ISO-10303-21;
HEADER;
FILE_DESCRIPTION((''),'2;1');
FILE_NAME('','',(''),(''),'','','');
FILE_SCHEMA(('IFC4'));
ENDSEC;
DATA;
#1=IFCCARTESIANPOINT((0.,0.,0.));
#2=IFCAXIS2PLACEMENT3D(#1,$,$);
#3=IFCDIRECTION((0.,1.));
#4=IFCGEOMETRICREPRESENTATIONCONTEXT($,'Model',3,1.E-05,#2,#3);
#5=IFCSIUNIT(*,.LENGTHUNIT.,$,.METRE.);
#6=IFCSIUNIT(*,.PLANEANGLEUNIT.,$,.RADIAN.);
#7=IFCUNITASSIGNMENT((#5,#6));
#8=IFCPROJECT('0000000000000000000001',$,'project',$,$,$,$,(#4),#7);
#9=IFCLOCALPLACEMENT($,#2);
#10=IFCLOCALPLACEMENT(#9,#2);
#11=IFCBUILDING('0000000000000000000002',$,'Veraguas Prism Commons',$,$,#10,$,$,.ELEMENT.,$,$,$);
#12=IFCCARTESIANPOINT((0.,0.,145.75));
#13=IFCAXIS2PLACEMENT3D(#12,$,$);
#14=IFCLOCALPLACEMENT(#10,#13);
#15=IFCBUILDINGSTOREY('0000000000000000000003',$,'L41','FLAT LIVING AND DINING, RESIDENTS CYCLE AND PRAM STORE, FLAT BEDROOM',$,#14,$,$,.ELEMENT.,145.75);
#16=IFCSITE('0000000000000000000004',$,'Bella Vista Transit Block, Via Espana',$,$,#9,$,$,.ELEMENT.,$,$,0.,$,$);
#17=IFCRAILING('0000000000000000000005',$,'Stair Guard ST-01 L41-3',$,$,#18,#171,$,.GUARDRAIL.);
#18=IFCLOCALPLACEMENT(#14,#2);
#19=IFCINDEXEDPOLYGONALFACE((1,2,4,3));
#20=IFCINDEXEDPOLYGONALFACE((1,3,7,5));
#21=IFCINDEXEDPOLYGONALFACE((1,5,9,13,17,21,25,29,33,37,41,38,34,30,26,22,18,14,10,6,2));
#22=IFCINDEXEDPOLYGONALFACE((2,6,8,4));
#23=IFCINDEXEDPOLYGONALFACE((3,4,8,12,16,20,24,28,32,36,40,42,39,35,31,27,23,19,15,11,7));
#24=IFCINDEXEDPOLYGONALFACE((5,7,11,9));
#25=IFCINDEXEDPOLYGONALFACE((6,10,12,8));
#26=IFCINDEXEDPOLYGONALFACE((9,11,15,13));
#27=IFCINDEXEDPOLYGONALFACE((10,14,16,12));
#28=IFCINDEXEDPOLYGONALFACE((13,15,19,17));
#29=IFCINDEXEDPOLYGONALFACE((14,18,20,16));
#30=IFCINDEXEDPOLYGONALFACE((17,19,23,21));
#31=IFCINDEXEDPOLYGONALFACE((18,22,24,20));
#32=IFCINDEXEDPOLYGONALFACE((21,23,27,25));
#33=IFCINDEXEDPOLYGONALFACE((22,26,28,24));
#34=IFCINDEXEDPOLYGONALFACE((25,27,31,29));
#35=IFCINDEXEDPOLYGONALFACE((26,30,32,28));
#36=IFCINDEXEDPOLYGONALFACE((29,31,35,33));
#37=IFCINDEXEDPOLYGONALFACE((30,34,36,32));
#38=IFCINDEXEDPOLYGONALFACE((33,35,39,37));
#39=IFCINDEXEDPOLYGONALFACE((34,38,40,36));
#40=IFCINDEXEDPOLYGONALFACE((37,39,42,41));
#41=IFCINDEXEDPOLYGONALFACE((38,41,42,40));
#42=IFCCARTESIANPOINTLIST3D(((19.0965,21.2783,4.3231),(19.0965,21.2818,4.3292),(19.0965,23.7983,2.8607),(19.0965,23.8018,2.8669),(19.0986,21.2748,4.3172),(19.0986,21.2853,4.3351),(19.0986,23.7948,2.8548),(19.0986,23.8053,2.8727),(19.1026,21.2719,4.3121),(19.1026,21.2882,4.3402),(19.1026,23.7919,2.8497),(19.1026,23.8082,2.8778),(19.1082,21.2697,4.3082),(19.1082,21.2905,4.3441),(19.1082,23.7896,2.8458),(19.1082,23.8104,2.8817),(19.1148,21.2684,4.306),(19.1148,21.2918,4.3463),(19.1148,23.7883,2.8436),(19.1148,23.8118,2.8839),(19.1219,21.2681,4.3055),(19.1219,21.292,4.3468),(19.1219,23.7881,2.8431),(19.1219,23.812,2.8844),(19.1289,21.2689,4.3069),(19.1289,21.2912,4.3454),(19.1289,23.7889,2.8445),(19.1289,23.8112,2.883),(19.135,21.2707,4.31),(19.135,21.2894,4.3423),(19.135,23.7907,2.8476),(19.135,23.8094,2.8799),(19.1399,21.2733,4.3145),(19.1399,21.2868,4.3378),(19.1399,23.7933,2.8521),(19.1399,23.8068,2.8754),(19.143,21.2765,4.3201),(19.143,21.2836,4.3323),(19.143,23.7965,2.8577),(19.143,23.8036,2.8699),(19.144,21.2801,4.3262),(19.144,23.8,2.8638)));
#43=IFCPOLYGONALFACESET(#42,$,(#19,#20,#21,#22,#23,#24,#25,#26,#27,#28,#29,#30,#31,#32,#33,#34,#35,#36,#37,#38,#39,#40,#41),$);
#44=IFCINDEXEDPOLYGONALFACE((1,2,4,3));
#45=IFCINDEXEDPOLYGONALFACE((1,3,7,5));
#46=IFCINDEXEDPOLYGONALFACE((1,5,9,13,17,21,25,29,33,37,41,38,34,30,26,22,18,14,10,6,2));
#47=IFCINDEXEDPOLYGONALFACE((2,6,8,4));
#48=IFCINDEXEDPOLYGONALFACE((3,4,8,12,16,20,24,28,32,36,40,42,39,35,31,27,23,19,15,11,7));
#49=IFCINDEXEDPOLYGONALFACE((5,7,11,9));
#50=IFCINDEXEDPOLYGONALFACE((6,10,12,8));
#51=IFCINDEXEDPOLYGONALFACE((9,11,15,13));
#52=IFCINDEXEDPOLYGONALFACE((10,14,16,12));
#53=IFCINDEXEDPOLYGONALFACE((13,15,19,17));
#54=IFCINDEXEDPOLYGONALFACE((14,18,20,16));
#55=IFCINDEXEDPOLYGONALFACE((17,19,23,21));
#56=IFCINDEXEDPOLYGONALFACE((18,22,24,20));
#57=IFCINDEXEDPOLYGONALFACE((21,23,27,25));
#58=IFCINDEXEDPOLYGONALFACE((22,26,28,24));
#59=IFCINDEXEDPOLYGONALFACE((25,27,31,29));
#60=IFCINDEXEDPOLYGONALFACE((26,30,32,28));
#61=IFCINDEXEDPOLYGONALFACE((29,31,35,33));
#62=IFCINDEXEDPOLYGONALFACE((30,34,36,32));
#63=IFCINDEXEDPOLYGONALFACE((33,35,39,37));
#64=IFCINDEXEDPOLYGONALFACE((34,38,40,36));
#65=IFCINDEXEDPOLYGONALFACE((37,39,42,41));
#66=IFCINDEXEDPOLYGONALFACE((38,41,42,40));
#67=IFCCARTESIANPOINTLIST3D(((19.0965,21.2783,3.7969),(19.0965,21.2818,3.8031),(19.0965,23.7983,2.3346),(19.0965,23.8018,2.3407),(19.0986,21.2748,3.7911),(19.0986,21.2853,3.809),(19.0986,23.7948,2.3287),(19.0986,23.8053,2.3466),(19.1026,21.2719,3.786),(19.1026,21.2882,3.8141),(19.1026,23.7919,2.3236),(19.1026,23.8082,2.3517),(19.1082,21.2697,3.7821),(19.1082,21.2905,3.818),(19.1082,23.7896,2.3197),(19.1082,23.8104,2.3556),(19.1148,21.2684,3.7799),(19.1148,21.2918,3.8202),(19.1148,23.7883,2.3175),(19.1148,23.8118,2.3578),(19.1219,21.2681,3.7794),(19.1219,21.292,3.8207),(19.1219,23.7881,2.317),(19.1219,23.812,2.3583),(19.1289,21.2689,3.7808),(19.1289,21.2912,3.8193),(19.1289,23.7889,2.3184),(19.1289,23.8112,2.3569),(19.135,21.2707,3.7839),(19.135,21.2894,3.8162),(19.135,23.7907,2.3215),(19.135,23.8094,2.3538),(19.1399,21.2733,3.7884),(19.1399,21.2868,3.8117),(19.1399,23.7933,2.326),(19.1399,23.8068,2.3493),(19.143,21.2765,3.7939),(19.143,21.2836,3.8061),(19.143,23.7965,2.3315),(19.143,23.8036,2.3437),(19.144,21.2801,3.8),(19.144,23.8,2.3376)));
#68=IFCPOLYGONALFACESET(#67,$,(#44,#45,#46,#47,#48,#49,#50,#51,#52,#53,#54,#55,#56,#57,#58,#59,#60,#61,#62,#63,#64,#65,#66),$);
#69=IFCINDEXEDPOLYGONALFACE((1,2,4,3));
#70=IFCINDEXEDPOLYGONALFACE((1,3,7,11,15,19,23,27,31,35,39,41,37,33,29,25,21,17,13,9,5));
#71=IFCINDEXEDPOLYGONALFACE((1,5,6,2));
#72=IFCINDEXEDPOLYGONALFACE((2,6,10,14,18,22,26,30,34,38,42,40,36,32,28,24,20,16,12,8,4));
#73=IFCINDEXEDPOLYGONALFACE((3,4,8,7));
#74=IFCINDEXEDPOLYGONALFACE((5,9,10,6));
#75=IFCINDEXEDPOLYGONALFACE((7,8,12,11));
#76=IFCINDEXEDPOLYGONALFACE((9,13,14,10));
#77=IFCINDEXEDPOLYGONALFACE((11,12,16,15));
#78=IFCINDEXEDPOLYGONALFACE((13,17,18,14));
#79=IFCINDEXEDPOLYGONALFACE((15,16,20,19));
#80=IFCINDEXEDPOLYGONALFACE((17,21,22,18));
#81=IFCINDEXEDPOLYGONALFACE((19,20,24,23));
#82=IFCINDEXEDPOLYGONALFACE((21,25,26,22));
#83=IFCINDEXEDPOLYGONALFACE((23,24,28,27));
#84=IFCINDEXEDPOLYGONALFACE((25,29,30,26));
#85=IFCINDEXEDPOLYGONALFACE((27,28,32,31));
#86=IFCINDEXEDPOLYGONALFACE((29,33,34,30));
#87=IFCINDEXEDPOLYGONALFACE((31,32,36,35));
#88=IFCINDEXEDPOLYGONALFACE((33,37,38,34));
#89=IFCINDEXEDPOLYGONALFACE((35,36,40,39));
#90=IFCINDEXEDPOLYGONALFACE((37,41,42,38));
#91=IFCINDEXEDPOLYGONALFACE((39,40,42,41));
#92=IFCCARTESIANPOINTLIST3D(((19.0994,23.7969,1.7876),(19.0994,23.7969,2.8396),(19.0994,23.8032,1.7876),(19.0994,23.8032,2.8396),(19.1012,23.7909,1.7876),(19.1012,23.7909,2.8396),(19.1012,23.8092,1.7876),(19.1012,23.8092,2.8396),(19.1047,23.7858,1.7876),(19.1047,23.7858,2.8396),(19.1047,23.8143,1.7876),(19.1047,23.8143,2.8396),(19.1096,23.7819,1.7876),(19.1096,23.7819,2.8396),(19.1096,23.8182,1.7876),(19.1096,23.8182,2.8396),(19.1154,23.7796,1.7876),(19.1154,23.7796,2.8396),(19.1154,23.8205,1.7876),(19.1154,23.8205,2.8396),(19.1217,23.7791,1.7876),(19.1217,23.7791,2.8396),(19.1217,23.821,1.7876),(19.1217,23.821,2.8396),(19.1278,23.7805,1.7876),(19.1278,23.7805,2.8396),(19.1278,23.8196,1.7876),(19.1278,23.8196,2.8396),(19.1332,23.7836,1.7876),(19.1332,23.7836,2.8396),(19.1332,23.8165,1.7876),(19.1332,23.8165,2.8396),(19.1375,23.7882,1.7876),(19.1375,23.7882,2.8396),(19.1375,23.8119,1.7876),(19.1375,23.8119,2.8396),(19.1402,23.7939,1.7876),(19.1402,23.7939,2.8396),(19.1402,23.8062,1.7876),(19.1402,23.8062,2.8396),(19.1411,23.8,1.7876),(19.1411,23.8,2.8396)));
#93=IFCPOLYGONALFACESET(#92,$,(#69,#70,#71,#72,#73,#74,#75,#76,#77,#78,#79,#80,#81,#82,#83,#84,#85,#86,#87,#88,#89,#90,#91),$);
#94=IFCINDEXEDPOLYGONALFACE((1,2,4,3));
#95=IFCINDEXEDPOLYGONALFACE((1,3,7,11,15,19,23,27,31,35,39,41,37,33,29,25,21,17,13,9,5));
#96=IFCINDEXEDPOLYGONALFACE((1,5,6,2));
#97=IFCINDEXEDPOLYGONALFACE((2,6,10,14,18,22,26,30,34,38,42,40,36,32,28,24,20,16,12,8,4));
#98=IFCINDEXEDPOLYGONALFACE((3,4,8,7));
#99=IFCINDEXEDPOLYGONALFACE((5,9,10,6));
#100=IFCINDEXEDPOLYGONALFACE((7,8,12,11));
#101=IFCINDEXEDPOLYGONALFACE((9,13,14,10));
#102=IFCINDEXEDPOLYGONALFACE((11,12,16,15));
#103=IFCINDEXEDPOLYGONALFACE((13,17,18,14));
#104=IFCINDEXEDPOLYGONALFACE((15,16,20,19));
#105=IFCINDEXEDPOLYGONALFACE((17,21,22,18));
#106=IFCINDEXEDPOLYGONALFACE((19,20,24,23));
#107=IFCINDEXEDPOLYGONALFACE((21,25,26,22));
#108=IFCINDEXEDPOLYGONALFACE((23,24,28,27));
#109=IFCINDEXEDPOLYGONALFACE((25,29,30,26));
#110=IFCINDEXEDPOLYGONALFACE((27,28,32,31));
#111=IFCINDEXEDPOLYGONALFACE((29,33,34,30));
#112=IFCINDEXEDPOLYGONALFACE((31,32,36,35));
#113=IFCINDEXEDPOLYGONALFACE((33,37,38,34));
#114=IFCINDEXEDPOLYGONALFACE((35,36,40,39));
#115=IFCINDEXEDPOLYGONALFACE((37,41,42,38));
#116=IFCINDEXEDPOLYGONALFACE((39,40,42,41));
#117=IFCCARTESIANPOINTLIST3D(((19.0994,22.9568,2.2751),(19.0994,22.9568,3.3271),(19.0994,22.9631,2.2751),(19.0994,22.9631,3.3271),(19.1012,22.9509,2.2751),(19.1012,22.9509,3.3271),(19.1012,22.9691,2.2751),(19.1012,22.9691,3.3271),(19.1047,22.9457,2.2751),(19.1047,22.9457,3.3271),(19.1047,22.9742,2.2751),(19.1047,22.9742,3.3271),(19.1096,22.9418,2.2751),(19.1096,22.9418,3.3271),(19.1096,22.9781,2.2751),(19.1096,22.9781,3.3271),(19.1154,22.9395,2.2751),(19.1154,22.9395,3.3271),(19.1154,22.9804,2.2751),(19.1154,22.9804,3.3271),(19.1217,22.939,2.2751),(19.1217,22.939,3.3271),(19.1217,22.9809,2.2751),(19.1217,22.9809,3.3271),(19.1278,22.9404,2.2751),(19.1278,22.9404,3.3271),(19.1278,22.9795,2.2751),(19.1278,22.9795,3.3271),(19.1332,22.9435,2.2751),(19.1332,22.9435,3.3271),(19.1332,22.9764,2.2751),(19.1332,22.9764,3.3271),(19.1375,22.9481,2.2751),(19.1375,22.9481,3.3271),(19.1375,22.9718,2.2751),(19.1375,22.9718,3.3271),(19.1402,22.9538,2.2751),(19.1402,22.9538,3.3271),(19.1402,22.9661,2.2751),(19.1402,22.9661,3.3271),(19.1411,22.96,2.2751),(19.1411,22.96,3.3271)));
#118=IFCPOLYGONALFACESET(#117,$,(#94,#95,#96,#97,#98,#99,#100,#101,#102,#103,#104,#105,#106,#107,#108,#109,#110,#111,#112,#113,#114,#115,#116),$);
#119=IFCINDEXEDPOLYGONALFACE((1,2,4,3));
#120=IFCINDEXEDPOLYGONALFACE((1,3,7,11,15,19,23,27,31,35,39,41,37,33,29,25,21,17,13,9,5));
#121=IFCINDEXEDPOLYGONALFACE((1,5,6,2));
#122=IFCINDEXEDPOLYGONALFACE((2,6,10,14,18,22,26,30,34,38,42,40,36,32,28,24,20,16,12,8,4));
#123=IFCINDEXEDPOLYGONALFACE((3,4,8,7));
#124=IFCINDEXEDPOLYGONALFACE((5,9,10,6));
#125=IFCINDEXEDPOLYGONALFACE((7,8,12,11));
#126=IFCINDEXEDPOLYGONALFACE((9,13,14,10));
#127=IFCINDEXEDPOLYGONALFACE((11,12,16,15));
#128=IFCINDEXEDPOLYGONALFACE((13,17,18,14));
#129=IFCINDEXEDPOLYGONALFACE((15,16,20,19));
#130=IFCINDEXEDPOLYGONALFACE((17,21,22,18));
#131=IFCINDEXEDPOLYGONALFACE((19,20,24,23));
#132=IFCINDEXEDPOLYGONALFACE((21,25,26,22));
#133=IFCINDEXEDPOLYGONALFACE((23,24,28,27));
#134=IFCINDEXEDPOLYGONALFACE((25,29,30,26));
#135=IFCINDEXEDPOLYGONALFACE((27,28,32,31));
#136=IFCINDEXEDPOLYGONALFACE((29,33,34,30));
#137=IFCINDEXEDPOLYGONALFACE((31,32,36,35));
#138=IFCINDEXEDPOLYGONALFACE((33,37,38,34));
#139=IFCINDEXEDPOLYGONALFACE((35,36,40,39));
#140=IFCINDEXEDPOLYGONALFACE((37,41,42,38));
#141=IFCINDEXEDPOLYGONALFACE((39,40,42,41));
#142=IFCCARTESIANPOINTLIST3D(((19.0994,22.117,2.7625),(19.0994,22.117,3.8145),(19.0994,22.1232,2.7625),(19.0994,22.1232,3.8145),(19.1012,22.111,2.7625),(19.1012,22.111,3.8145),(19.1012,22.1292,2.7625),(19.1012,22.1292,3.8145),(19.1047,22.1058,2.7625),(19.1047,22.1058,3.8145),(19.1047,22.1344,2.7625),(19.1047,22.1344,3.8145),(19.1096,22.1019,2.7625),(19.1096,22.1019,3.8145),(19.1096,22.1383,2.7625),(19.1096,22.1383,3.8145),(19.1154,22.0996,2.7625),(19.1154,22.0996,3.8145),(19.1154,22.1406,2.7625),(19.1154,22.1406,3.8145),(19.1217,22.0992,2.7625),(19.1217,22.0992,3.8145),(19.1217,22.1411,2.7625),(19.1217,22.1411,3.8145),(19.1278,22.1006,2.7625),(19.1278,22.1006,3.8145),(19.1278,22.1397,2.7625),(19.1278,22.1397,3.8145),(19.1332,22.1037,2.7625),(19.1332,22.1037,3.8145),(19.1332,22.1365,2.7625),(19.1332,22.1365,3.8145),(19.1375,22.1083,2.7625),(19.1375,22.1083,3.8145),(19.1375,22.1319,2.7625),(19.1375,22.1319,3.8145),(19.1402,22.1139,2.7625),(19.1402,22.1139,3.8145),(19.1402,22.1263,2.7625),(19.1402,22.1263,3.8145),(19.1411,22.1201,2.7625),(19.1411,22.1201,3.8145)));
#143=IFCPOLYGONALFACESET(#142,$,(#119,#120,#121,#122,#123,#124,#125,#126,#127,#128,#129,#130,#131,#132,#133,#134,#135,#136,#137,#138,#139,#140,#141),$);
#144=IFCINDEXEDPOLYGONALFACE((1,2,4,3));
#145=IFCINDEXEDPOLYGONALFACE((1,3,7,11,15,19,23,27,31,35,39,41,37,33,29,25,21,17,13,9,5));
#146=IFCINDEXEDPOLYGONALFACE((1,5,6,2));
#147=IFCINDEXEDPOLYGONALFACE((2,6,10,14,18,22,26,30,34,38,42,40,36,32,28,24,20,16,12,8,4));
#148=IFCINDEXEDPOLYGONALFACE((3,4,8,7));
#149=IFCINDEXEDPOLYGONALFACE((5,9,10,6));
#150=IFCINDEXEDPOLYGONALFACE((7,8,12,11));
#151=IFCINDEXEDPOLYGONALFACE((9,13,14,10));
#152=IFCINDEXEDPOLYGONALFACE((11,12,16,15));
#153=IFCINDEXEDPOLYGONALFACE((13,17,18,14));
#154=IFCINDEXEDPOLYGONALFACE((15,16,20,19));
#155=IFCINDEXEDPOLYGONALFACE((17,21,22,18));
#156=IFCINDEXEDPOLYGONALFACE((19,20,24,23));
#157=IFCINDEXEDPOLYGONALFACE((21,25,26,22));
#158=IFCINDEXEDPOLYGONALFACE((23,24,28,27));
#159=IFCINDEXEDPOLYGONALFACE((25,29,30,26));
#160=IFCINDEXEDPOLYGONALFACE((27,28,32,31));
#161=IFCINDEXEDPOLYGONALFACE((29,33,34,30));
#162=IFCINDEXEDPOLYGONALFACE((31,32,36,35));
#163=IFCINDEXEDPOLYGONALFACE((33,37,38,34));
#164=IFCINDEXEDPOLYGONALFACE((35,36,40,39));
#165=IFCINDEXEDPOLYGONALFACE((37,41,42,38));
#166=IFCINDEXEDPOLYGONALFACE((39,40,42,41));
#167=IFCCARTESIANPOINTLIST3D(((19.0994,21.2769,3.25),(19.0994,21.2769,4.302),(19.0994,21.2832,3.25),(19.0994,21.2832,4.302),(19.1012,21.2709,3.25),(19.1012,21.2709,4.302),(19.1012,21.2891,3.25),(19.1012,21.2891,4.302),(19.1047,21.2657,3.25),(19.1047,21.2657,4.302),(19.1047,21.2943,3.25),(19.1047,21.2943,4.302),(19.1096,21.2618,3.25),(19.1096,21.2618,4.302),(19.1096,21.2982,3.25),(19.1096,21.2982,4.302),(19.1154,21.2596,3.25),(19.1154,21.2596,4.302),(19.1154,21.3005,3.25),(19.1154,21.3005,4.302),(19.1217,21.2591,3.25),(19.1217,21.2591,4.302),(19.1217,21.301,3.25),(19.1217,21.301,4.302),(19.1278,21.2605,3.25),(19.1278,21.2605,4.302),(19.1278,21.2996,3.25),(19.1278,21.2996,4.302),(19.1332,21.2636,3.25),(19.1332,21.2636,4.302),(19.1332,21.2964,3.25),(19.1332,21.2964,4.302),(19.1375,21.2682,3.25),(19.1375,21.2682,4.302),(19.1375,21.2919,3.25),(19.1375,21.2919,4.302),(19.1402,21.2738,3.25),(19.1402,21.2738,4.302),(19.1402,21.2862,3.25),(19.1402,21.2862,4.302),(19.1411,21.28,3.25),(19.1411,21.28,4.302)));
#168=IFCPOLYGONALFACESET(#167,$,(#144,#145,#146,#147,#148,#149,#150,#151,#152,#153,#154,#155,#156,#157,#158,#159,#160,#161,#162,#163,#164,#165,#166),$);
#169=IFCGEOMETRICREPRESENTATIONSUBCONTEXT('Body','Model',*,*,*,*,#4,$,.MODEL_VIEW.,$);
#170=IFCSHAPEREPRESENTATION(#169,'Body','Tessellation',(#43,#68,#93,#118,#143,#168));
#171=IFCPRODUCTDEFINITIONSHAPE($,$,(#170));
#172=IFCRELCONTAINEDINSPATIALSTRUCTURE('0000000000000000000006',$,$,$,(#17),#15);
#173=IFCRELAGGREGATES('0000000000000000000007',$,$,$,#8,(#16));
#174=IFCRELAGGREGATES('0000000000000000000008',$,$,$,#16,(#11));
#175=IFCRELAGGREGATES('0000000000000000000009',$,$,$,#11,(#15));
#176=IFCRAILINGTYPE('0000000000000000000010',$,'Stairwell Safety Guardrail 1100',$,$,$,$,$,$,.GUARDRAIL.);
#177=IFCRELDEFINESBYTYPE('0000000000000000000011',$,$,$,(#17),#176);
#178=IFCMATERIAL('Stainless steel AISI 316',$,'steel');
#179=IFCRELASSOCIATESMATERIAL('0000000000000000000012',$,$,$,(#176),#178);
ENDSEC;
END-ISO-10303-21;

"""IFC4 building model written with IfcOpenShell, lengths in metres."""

from ifc_helpers import new_model, si_unit, direction, frame, origin, origin_2d, place, context, subcontext, project, spatial, circle, extrude, material, type_object, element, save


model = new_model("IFC4")

# Units and contexts
model_context = context("Model", 3, precision=1e-05, world=origin(), true_north=direction((0.0, 1.0)))
body_context = subcontext(model_context, "Body", "Model", "MODEL_VIEW")
ifc_project = project(units=[si_unit("LENGTHUNIT", "METRE"), si_unit("PLANEANGLEUNIT", "RADIAN")], contexts=[model_context])

# Site, building, storey
site_placement = place(None, origin())
site = spatial("IfcSite", under=ifc_project, at=site_placement, Name="Bella Vista Transit Block, Via Espana", CompositionType="ELEMENT", RefElevation=0.0)
building_placement = place(site_placement, origin())
building = spatial("IfcBuilding", under=site, at=building_placement, Name="Veraguas Prism Commons", CompositionType="ELEMENT")
storey_placement = place(building_placement, frame((0.0, 0.0, 145.75)))
storey = spatial("IfcBuildingStorey", under=building, at=storey_placement, Name="L41", Description="FLAT LIVING AND DINING, RESIDENTS CYCLE AND PRAM STORE, FLAT BEDROOM", CompositionType="ELEMENT", Elevation=145.75)

# Railing
ifc_material_1 = material(Name="Stainless steel AISI 316", Category="steel")
railing_type_1 = type_object("IfcRailingType", Name="Stairwell Safety Guardrail 1100", PredefinedType="GUARDRAIL", material=ifc_material_1)
railing_1_placement = place(storey_placement, frame((19.1201, 23.8, 1.7876)))
element("IfcRailing", 1, at=railing_1_placement, inside=storey, type_object=railing_type_1, Name="Stair Guard ST-01 L41-3", PredefinedType="GUARDRAIL", context=body_context, shape_type="SweptSolid", body=[
    extrude(circle(Radius=0.0239, at=origin_2d()), frame((0.0, 0.0, 1.0762), z_axis=(0.0, -0.864913, 0.501921), x_axis=(1.0, 0.0, 0.0)), (0.0, 0.0, 1.0), 2.9136),
    extrude(circle(Radius=0.0239, at=origin_2d()), frame((0.0, 0.0, 0.55), z_axis=(0.0, -0.864913, 0.501921), x_axis=(1.0, 0.0, 0.0)), (0.0, 0.0, 1.0), 2.9136),
    extrude(circle(Radius=0.021, at=origin_2d()), origin(), (0.0, 0.0, 1.0), 1.052),
    extrude(circle(Radius=0.021, at=origin_2d()), frame((0.0, -0.8401, 0.4875)), (0.0, 0.0, 1.0), 1.052),
    extrude(circle(Radius=0.021, at=origin_2d()), frame((0.0, -1.6799, 0.9749)), (0.0, 0.0, 1.0), 1.052),
    extrude(circle(Radius=0.021, at=origin_2d()), frame((0.0, -2.52, 1.4624)), (0.0, 0.0, 1.0), 1.052),
])

save(model, "model.ifc")
